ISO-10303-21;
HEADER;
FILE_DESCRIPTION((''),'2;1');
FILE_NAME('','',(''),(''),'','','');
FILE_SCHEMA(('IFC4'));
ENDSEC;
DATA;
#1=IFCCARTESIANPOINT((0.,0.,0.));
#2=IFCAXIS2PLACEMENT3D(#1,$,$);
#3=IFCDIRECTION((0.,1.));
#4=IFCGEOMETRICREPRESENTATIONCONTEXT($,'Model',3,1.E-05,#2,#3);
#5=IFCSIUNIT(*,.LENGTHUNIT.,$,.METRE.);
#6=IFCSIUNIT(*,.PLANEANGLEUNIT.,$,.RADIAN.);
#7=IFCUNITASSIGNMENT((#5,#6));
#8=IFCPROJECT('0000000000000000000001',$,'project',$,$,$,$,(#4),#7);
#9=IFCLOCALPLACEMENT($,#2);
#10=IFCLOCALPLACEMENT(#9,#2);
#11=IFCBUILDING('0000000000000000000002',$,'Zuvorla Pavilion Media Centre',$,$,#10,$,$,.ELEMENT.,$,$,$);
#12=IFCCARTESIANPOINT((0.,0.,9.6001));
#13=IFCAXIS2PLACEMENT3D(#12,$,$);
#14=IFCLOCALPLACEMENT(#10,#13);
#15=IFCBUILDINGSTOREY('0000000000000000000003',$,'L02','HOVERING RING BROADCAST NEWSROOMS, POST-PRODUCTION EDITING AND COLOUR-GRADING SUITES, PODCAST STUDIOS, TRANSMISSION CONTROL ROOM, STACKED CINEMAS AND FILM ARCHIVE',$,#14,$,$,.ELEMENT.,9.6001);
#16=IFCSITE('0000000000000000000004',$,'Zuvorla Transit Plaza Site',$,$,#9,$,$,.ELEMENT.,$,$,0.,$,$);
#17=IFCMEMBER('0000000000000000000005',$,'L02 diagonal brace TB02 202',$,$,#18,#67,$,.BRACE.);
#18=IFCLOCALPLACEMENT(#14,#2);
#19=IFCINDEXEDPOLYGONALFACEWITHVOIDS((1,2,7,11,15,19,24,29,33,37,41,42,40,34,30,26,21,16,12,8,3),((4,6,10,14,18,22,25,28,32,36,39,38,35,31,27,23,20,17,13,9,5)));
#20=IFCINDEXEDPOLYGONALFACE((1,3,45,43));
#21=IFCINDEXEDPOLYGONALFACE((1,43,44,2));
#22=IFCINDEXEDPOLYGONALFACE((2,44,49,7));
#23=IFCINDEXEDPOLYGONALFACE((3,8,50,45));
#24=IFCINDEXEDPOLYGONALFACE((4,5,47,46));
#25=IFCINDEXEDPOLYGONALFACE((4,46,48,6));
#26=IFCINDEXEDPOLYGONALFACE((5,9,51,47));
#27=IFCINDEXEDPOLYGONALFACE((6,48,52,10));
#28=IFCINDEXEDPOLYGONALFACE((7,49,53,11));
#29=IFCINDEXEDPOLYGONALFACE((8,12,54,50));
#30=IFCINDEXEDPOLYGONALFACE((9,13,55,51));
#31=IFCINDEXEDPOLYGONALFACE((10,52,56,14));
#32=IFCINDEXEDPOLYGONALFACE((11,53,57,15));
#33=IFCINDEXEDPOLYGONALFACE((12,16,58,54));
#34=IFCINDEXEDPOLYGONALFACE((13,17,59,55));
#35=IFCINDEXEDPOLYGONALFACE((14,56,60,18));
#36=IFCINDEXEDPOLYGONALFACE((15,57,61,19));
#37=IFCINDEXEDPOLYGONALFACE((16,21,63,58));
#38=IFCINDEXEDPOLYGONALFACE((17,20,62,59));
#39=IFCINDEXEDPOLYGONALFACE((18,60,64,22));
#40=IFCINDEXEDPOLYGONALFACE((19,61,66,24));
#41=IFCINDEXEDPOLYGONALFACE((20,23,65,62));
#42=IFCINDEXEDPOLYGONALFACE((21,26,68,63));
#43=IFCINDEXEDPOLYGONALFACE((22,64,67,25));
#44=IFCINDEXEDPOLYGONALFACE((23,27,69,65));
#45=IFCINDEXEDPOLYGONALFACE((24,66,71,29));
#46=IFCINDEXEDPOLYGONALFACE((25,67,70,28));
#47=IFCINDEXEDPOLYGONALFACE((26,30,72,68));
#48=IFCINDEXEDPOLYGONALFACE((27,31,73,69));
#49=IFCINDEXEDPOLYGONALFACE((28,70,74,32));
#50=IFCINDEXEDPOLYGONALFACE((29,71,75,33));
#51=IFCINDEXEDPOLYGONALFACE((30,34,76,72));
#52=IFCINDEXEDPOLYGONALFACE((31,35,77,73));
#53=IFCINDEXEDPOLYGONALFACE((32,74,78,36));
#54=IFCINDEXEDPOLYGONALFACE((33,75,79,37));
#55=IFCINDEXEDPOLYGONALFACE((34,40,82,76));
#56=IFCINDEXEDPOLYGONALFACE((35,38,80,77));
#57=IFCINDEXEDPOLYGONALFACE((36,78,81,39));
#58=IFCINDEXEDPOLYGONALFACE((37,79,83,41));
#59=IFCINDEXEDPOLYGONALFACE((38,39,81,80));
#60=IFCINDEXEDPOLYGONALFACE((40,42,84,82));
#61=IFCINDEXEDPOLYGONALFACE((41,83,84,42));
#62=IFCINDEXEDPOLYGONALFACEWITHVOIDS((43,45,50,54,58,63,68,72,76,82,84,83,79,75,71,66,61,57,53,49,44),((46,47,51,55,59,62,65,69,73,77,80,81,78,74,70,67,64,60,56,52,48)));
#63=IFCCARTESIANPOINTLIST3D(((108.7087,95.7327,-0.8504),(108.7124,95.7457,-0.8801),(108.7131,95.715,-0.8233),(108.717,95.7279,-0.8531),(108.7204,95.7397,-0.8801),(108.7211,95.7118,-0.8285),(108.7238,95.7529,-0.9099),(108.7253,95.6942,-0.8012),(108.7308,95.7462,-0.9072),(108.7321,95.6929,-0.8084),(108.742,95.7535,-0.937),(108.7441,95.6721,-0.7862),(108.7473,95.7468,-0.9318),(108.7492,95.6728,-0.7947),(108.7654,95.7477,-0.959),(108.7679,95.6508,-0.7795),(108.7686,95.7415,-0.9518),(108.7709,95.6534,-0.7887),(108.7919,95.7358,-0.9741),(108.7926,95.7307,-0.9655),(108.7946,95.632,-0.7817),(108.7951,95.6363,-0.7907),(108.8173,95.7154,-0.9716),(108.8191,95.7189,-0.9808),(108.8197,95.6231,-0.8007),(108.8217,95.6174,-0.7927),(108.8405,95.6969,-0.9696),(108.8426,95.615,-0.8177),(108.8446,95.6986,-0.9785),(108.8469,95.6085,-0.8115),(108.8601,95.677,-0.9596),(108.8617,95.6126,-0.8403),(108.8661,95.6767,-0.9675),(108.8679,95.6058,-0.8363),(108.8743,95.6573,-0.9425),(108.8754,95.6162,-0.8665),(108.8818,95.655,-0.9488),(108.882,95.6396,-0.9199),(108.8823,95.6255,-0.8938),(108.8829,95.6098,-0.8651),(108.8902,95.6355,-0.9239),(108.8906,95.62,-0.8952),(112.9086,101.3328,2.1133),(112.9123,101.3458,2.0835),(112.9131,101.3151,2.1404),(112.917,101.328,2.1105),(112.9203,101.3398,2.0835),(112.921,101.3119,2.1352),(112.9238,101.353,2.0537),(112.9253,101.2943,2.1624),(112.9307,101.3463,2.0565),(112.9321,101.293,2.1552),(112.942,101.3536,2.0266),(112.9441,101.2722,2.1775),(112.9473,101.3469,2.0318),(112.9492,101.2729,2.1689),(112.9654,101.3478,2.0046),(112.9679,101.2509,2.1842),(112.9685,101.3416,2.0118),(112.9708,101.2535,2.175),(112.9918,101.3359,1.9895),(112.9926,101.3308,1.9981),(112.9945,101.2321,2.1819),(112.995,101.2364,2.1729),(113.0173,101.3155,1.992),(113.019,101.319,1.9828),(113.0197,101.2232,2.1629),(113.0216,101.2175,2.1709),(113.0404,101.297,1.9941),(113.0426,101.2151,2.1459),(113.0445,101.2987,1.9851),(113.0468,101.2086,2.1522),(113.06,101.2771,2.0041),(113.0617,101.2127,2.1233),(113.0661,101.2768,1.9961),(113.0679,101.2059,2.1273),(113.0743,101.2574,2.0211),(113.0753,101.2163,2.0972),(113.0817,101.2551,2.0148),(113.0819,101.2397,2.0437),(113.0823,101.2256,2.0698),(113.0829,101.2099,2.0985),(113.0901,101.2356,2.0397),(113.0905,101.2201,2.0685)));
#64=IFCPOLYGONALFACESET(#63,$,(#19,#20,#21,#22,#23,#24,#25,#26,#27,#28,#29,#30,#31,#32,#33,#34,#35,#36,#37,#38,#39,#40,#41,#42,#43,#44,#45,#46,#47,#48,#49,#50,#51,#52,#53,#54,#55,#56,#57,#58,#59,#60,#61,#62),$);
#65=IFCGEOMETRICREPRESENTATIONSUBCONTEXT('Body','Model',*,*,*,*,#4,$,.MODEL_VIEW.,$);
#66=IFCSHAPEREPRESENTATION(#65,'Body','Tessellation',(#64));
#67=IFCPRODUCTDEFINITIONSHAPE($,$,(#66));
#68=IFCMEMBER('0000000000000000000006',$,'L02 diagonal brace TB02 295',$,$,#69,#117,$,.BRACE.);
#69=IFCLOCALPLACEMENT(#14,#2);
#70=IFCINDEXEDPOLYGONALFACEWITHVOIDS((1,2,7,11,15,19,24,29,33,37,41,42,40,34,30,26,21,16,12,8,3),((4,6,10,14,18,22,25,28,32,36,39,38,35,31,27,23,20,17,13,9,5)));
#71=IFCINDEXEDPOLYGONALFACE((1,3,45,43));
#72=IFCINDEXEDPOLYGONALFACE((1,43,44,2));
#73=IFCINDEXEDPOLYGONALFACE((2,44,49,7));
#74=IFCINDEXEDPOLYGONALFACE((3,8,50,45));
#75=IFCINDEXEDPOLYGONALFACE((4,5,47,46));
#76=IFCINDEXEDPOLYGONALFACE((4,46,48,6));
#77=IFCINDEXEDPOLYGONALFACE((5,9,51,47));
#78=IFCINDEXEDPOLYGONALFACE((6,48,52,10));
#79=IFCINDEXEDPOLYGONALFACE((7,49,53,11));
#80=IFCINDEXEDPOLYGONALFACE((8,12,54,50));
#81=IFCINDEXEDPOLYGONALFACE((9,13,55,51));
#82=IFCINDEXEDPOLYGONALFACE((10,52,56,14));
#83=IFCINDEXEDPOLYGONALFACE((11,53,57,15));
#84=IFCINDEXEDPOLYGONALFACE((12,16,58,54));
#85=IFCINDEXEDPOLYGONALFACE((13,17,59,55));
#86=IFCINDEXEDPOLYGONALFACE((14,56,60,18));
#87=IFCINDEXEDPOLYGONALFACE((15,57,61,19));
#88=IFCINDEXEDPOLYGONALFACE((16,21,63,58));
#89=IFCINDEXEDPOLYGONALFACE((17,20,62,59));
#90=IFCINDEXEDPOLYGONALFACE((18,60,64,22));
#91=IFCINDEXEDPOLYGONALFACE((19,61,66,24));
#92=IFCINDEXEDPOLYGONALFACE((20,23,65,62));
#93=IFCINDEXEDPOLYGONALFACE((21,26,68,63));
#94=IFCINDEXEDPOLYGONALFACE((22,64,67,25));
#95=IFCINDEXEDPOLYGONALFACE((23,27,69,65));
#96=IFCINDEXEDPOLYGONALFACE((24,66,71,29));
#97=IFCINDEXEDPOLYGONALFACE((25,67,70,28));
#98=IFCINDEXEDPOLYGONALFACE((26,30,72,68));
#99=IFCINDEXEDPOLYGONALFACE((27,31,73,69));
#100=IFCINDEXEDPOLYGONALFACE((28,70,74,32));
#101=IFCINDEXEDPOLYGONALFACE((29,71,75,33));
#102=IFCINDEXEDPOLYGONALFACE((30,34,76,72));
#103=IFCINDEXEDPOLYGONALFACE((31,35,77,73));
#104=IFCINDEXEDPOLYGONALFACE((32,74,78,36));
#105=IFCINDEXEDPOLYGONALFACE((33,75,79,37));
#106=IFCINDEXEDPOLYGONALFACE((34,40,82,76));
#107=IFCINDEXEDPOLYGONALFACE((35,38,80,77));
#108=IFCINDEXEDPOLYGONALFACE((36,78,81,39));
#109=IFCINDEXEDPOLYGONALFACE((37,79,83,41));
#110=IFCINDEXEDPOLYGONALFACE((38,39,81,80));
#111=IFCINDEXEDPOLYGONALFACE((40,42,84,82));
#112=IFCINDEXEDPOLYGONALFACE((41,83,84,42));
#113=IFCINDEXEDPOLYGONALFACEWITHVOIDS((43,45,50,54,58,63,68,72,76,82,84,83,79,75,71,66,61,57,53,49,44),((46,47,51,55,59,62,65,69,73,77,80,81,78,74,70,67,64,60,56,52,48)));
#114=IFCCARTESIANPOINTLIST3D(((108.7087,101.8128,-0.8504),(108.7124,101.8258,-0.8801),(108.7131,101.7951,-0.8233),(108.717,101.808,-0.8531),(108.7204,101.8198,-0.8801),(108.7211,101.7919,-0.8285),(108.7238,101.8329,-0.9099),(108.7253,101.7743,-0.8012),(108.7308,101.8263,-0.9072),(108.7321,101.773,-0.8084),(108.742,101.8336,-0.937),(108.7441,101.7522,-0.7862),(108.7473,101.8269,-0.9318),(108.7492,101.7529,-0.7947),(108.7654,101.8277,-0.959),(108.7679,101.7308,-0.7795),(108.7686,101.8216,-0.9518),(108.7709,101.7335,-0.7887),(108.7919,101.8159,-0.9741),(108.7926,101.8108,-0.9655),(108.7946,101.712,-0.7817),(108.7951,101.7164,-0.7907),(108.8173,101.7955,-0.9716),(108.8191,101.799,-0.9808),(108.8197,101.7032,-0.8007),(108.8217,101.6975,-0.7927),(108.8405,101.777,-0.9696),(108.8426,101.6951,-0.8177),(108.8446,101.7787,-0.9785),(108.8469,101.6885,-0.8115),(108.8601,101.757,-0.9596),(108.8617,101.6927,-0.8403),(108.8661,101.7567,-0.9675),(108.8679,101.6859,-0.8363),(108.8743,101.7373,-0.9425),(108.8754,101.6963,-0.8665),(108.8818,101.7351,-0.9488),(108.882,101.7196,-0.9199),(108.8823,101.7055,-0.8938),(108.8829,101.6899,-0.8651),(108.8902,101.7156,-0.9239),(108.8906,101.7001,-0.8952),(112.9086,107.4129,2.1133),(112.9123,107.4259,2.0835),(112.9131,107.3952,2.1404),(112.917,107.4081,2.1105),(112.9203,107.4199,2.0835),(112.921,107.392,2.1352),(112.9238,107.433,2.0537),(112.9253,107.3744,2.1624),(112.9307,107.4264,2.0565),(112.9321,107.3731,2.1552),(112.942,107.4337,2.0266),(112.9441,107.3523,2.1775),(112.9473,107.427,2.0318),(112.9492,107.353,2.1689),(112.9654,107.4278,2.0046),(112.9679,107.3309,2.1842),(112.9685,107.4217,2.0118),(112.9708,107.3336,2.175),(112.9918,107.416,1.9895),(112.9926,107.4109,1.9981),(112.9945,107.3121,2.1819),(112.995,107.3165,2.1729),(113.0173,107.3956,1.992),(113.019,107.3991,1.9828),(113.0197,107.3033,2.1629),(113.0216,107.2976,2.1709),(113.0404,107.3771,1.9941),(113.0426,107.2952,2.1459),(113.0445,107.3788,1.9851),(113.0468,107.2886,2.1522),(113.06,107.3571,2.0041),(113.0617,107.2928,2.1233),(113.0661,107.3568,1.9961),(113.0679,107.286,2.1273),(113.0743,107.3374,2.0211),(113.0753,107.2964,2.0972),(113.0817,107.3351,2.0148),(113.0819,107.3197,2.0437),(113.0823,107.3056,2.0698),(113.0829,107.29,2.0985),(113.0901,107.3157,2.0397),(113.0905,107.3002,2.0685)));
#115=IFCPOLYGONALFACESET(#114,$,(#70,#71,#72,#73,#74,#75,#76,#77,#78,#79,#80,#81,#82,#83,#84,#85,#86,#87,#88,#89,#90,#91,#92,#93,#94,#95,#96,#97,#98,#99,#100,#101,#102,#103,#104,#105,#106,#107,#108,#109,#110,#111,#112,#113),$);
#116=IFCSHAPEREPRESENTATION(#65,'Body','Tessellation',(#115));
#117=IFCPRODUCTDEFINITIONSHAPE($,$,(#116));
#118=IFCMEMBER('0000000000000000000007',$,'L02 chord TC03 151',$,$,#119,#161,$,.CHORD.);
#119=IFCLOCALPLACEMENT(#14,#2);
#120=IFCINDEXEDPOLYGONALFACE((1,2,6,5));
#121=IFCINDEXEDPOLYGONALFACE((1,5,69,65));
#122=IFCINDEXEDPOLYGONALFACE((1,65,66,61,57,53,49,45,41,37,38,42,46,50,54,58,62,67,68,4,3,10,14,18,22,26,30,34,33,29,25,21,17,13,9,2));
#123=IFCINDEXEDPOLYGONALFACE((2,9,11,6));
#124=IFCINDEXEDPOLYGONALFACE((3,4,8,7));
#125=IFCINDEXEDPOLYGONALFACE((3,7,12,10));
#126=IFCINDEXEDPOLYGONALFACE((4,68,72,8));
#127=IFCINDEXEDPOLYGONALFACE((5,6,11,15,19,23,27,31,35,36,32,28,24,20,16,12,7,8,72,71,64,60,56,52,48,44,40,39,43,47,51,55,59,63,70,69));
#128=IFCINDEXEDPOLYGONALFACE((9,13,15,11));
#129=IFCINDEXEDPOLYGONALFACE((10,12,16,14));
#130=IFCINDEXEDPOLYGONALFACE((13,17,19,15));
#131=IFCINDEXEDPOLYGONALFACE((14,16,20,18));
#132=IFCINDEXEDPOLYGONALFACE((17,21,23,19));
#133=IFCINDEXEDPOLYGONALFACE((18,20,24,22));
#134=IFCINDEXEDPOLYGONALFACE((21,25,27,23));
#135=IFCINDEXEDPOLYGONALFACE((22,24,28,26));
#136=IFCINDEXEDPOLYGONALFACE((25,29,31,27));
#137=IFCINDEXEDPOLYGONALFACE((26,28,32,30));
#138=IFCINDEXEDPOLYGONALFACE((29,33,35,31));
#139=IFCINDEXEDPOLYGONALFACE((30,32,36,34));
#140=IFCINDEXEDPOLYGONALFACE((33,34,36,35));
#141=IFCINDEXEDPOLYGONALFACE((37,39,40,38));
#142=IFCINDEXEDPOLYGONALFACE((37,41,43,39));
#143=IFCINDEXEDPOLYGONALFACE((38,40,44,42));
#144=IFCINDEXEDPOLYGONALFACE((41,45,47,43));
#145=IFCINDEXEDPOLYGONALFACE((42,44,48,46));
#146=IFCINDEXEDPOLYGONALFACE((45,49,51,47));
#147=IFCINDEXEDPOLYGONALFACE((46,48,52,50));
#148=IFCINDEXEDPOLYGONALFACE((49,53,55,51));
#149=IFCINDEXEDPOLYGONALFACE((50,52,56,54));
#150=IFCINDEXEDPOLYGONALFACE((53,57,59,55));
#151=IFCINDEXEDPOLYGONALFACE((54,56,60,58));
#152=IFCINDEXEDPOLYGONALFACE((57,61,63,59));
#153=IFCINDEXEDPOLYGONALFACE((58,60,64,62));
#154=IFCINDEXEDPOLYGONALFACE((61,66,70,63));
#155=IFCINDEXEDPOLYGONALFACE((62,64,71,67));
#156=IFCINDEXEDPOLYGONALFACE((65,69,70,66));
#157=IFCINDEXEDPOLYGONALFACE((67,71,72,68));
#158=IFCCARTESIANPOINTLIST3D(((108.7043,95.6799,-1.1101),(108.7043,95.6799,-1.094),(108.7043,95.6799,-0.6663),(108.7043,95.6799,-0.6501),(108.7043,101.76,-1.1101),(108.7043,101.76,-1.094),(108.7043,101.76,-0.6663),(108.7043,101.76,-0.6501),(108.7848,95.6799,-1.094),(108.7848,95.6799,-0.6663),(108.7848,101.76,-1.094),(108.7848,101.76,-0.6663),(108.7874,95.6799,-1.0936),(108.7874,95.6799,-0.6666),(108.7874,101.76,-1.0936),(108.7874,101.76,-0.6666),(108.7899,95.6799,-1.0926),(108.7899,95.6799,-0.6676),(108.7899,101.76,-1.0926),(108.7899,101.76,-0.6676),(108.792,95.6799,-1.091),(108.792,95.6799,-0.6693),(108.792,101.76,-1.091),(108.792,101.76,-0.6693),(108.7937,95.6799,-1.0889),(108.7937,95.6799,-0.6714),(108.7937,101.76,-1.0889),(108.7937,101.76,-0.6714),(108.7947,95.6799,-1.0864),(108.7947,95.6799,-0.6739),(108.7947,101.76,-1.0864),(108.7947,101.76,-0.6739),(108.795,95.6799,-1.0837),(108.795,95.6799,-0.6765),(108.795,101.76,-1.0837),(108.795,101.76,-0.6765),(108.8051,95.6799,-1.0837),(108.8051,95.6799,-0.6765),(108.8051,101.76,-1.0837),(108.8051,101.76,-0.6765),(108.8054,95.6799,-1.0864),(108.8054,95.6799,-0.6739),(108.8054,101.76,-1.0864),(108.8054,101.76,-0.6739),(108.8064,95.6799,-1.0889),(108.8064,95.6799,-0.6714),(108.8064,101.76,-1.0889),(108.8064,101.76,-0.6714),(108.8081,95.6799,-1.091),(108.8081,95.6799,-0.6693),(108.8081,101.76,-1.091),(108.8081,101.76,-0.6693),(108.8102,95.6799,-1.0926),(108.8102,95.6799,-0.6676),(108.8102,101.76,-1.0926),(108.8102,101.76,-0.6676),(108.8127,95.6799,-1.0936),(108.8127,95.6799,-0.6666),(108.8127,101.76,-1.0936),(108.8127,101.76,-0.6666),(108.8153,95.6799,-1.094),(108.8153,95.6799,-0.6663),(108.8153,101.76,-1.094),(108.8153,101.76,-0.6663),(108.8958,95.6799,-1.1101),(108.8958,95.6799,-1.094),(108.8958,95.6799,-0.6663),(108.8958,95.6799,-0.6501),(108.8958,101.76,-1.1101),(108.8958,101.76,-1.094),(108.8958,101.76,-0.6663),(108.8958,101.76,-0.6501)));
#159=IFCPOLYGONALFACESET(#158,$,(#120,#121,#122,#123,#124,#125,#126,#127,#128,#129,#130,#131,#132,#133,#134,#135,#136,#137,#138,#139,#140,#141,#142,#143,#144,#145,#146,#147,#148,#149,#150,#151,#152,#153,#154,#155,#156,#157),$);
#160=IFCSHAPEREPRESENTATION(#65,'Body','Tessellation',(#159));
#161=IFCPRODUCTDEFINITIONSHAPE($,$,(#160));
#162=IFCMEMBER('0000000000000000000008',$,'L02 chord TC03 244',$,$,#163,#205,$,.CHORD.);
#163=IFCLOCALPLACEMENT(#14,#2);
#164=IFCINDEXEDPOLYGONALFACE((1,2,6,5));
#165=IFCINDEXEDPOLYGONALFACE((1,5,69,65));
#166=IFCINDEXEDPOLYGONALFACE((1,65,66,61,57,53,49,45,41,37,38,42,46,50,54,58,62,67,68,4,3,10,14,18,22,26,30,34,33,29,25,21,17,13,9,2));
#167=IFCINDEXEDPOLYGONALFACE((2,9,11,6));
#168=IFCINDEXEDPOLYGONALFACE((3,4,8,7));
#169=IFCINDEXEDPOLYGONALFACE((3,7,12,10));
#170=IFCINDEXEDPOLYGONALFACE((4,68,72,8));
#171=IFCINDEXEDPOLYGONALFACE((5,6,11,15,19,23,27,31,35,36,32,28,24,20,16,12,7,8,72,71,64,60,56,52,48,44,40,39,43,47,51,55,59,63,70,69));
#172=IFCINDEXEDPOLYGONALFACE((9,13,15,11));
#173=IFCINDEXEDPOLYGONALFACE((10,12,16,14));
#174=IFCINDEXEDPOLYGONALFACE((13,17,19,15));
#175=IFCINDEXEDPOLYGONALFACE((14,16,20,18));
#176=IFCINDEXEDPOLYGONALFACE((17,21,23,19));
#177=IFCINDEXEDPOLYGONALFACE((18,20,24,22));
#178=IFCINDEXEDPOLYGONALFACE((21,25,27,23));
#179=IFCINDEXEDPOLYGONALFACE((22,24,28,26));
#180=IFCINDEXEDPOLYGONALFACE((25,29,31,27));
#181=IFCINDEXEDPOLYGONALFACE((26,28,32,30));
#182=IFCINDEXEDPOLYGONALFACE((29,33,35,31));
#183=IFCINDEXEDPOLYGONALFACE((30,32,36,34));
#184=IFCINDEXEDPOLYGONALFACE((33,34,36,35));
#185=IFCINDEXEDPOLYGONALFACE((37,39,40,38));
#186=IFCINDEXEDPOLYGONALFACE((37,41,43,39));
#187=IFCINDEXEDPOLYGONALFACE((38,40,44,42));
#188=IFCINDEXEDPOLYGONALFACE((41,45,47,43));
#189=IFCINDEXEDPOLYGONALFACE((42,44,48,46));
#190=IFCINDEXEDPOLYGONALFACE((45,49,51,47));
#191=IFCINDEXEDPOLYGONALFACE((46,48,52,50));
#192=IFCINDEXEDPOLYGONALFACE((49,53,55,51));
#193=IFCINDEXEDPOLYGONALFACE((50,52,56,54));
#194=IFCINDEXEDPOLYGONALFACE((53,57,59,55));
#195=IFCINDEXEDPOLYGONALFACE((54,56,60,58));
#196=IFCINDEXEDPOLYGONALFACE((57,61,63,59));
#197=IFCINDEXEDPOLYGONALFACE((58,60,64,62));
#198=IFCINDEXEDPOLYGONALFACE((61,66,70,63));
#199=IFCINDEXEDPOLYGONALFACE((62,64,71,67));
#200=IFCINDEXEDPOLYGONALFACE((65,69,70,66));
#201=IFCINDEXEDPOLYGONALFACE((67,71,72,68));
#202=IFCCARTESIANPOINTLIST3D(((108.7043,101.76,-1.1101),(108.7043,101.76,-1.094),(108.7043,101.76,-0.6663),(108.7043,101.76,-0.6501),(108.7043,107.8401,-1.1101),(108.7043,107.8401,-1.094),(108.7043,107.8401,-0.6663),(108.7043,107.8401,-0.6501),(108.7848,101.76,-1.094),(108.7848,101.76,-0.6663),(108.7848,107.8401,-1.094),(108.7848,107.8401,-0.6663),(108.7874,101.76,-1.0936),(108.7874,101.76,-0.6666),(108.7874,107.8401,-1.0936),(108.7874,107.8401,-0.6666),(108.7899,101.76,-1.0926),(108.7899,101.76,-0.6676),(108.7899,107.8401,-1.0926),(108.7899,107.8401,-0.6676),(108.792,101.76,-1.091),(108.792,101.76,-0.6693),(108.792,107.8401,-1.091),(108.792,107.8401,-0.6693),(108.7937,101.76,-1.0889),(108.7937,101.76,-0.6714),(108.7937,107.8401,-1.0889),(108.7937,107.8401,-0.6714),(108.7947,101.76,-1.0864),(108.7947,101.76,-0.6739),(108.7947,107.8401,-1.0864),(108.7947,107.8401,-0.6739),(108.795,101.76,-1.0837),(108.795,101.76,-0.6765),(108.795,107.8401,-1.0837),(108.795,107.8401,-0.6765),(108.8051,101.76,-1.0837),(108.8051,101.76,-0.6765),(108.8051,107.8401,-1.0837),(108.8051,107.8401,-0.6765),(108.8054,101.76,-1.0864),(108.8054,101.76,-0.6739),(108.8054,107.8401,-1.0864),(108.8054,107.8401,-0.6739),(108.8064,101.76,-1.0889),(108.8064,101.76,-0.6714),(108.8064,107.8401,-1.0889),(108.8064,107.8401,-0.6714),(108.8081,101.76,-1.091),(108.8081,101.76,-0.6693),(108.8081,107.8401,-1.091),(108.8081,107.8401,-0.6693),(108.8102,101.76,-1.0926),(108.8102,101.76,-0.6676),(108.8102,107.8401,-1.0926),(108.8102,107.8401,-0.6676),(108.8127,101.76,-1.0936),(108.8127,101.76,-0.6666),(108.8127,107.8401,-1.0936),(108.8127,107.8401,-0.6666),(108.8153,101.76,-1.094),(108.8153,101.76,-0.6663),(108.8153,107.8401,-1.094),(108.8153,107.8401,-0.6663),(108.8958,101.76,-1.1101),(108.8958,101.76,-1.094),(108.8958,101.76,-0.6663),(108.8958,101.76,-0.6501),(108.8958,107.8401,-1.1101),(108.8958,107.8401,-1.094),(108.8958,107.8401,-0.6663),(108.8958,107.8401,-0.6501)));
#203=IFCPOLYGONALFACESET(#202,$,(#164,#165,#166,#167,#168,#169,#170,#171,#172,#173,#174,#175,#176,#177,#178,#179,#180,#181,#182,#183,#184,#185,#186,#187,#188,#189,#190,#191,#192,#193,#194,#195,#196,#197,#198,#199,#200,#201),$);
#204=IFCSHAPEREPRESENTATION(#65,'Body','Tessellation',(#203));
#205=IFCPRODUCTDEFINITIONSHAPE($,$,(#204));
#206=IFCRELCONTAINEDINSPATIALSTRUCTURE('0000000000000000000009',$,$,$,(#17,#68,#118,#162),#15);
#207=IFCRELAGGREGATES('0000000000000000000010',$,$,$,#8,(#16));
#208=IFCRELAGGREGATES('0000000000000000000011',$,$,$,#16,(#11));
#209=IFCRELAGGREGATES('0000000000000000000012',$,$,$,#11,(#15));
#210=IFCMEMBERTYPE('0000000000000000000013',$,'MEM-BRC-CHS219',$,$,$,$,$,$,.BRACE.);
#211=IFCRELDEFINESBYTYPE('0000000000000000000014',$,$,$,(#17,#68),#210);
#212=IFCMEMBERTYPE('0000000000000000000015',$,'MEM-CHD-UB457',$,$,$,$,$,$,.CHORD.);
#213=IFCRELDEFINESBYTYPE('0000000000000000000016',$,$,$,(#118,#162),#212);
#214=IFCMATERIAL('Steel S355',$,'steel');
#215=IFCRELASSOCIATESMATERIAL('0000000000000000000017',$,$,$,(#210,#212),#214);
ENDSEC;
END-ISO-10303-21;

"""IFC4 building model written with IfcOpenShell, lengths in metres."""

from ifc_helpers import new_model, si_unit, direction, frame, origin, origin_2d, place, context, subcontext, project, spatial, hollow_circle, i_section, extrude, material, material_profile, profile_set, type_object, element, save


model = new_model("IFC4")

# Units and contexts
model_context = context("Model", 3, precision=1e-05, world=origin(), true_north=direction((0.0, 1.0)))
body_context = subcontext(model_context, "Body", "Model", "MODEL_VIEW")
ifc_project = project(units=[si_unit("LENGTHUNIT", "METRE"), si_unit("PLANEANGLEUNIT", "RADIAN")], contexts=[model_context])

# Site, building, storey
site_placement = place(None, origin())
site = spatial("IfcSite", under=ifc_project, at=site_placement, Name="Zuvorla Transit Plaza Site", CompositionType="ELEMENT", RefElevation=0.0)
building_placement = place(site_placement, origin())
building = spatial("IfcBuilding", under=site, at=building_placement, Name="Zuvorla Pavilion Media Centre", CompositionType="ELEMENT")
storey_placement = place(building_placement, frame((0.0, 0.0, 9.6001)))
storey = spatial("IfcBuildingStorey", under=building, at=storey_placement, Name="L02", Description="HOVERING RING BROADCAST NEWSROOMS, POST-PRODUCTION EDITING AND COLOUR-GRADING SUITES, PODCAST STUDIOS, TRANSMISSION CONTROL ROOM, STACKED CINEMAS AND FILM ARCHIVE", CompositionType="ELEMENT", Elevation=9.6001)

# Shared definitions
ifc_material_1 = material(Name="Steel S355", Category="steel")

# Members
ifc_material_profile_1 = material_profile(ifc_material_1, hollow_circle(Radius=0.1096, WallThickness=0.01, at=origin_2d()), Name="CHS 219.1x10")
ifc_profile_set_1 = profile_set([ifc_material_profile_1], Name="Steel S355")
member_type_1 = type_object("IfcMemberType", Name="MEM-BRC-CHS219", PredefinedType="BRACE", material=ifc_profile_set_1)
for number, where, z_axis, x_axis, name in (
    (1, (108.8, 95.6799, -0.8801), (0.552512, 0.736704, 0.38987), (-0.800008, 0.599989, 0.0), "L02 diagonal brace TB02 202"),
    (2, (108.8, 101.76, -0.8801), (0.552512, 0.736704, 0.38987), (-0.800008, 0.599989, 0.0), "L02 diagonal brace TB02 295"),
):
    element("IfcMember", number, at=place(storey_placement, frame(where, z_axis=z_axis, x_axis=x_axis)), inside=storey, type_object=member_type_1, Name=name, PredefinedType="BRACE", context=body_context, shape_type="SweptSolid", body=[
        extrude(hollow_circle(Radius=0.1096, WallThickness=0.01, at=origin_2d()), origin(), (0.0, 0.0, 1.0), 7.6016),
    ])
ifc_material_profile_2 = material_profile(ifc_material_1, i_section(OverallWidth=0.1914, OverallDepth=0.46, WebThickness=0.01, FlangeThickness=0.0161, FilletRadius=0.0103, at=origin_2d()), Name="UB 457x191x82")
ifc_profile_set_2 = profile_set([ifc_material_profile_2], Name="Steel S355")
member_type_2 = type_object("IfcMemberType", Name="MEM-CHD-UB457", PredefinedType="CHORD", material=ifc_profile_set_2)
for number, where, z_axis, x_axis, name in (
    (3, (108.8, 95.6799, -0.8801), (0.0, 1.0, 0.0), (-1.0, 0.0, 0.0), "L02 chord TC03 151"),
    (4, (108.8, 101.76, -0.8801), (0.0, 1.0, 0.0), (-1.0, 0.0, 0.0), "L02 chord TC03 244"),
):
    element("IfcMember", number, at=place(storey_placement, frame(where, z_axis=z_axis, x_axis=x_axis)), inside=storey, type_object=member_type_2, Name=name, PredefinedType="CHORD", context=body_context, shape_type="SweptSolid", body=[
        extrude(i_section(OverallWidth=0.1914, OverallDepth=0.46, WebThickness=0.01, FlangeThickness=0.0161, FilletRadius=0.0103, at=origin_2d()), origin(), (0.0, 0.0, 1.0), 6.0801),
    ])

save(model, "model.ifc")
